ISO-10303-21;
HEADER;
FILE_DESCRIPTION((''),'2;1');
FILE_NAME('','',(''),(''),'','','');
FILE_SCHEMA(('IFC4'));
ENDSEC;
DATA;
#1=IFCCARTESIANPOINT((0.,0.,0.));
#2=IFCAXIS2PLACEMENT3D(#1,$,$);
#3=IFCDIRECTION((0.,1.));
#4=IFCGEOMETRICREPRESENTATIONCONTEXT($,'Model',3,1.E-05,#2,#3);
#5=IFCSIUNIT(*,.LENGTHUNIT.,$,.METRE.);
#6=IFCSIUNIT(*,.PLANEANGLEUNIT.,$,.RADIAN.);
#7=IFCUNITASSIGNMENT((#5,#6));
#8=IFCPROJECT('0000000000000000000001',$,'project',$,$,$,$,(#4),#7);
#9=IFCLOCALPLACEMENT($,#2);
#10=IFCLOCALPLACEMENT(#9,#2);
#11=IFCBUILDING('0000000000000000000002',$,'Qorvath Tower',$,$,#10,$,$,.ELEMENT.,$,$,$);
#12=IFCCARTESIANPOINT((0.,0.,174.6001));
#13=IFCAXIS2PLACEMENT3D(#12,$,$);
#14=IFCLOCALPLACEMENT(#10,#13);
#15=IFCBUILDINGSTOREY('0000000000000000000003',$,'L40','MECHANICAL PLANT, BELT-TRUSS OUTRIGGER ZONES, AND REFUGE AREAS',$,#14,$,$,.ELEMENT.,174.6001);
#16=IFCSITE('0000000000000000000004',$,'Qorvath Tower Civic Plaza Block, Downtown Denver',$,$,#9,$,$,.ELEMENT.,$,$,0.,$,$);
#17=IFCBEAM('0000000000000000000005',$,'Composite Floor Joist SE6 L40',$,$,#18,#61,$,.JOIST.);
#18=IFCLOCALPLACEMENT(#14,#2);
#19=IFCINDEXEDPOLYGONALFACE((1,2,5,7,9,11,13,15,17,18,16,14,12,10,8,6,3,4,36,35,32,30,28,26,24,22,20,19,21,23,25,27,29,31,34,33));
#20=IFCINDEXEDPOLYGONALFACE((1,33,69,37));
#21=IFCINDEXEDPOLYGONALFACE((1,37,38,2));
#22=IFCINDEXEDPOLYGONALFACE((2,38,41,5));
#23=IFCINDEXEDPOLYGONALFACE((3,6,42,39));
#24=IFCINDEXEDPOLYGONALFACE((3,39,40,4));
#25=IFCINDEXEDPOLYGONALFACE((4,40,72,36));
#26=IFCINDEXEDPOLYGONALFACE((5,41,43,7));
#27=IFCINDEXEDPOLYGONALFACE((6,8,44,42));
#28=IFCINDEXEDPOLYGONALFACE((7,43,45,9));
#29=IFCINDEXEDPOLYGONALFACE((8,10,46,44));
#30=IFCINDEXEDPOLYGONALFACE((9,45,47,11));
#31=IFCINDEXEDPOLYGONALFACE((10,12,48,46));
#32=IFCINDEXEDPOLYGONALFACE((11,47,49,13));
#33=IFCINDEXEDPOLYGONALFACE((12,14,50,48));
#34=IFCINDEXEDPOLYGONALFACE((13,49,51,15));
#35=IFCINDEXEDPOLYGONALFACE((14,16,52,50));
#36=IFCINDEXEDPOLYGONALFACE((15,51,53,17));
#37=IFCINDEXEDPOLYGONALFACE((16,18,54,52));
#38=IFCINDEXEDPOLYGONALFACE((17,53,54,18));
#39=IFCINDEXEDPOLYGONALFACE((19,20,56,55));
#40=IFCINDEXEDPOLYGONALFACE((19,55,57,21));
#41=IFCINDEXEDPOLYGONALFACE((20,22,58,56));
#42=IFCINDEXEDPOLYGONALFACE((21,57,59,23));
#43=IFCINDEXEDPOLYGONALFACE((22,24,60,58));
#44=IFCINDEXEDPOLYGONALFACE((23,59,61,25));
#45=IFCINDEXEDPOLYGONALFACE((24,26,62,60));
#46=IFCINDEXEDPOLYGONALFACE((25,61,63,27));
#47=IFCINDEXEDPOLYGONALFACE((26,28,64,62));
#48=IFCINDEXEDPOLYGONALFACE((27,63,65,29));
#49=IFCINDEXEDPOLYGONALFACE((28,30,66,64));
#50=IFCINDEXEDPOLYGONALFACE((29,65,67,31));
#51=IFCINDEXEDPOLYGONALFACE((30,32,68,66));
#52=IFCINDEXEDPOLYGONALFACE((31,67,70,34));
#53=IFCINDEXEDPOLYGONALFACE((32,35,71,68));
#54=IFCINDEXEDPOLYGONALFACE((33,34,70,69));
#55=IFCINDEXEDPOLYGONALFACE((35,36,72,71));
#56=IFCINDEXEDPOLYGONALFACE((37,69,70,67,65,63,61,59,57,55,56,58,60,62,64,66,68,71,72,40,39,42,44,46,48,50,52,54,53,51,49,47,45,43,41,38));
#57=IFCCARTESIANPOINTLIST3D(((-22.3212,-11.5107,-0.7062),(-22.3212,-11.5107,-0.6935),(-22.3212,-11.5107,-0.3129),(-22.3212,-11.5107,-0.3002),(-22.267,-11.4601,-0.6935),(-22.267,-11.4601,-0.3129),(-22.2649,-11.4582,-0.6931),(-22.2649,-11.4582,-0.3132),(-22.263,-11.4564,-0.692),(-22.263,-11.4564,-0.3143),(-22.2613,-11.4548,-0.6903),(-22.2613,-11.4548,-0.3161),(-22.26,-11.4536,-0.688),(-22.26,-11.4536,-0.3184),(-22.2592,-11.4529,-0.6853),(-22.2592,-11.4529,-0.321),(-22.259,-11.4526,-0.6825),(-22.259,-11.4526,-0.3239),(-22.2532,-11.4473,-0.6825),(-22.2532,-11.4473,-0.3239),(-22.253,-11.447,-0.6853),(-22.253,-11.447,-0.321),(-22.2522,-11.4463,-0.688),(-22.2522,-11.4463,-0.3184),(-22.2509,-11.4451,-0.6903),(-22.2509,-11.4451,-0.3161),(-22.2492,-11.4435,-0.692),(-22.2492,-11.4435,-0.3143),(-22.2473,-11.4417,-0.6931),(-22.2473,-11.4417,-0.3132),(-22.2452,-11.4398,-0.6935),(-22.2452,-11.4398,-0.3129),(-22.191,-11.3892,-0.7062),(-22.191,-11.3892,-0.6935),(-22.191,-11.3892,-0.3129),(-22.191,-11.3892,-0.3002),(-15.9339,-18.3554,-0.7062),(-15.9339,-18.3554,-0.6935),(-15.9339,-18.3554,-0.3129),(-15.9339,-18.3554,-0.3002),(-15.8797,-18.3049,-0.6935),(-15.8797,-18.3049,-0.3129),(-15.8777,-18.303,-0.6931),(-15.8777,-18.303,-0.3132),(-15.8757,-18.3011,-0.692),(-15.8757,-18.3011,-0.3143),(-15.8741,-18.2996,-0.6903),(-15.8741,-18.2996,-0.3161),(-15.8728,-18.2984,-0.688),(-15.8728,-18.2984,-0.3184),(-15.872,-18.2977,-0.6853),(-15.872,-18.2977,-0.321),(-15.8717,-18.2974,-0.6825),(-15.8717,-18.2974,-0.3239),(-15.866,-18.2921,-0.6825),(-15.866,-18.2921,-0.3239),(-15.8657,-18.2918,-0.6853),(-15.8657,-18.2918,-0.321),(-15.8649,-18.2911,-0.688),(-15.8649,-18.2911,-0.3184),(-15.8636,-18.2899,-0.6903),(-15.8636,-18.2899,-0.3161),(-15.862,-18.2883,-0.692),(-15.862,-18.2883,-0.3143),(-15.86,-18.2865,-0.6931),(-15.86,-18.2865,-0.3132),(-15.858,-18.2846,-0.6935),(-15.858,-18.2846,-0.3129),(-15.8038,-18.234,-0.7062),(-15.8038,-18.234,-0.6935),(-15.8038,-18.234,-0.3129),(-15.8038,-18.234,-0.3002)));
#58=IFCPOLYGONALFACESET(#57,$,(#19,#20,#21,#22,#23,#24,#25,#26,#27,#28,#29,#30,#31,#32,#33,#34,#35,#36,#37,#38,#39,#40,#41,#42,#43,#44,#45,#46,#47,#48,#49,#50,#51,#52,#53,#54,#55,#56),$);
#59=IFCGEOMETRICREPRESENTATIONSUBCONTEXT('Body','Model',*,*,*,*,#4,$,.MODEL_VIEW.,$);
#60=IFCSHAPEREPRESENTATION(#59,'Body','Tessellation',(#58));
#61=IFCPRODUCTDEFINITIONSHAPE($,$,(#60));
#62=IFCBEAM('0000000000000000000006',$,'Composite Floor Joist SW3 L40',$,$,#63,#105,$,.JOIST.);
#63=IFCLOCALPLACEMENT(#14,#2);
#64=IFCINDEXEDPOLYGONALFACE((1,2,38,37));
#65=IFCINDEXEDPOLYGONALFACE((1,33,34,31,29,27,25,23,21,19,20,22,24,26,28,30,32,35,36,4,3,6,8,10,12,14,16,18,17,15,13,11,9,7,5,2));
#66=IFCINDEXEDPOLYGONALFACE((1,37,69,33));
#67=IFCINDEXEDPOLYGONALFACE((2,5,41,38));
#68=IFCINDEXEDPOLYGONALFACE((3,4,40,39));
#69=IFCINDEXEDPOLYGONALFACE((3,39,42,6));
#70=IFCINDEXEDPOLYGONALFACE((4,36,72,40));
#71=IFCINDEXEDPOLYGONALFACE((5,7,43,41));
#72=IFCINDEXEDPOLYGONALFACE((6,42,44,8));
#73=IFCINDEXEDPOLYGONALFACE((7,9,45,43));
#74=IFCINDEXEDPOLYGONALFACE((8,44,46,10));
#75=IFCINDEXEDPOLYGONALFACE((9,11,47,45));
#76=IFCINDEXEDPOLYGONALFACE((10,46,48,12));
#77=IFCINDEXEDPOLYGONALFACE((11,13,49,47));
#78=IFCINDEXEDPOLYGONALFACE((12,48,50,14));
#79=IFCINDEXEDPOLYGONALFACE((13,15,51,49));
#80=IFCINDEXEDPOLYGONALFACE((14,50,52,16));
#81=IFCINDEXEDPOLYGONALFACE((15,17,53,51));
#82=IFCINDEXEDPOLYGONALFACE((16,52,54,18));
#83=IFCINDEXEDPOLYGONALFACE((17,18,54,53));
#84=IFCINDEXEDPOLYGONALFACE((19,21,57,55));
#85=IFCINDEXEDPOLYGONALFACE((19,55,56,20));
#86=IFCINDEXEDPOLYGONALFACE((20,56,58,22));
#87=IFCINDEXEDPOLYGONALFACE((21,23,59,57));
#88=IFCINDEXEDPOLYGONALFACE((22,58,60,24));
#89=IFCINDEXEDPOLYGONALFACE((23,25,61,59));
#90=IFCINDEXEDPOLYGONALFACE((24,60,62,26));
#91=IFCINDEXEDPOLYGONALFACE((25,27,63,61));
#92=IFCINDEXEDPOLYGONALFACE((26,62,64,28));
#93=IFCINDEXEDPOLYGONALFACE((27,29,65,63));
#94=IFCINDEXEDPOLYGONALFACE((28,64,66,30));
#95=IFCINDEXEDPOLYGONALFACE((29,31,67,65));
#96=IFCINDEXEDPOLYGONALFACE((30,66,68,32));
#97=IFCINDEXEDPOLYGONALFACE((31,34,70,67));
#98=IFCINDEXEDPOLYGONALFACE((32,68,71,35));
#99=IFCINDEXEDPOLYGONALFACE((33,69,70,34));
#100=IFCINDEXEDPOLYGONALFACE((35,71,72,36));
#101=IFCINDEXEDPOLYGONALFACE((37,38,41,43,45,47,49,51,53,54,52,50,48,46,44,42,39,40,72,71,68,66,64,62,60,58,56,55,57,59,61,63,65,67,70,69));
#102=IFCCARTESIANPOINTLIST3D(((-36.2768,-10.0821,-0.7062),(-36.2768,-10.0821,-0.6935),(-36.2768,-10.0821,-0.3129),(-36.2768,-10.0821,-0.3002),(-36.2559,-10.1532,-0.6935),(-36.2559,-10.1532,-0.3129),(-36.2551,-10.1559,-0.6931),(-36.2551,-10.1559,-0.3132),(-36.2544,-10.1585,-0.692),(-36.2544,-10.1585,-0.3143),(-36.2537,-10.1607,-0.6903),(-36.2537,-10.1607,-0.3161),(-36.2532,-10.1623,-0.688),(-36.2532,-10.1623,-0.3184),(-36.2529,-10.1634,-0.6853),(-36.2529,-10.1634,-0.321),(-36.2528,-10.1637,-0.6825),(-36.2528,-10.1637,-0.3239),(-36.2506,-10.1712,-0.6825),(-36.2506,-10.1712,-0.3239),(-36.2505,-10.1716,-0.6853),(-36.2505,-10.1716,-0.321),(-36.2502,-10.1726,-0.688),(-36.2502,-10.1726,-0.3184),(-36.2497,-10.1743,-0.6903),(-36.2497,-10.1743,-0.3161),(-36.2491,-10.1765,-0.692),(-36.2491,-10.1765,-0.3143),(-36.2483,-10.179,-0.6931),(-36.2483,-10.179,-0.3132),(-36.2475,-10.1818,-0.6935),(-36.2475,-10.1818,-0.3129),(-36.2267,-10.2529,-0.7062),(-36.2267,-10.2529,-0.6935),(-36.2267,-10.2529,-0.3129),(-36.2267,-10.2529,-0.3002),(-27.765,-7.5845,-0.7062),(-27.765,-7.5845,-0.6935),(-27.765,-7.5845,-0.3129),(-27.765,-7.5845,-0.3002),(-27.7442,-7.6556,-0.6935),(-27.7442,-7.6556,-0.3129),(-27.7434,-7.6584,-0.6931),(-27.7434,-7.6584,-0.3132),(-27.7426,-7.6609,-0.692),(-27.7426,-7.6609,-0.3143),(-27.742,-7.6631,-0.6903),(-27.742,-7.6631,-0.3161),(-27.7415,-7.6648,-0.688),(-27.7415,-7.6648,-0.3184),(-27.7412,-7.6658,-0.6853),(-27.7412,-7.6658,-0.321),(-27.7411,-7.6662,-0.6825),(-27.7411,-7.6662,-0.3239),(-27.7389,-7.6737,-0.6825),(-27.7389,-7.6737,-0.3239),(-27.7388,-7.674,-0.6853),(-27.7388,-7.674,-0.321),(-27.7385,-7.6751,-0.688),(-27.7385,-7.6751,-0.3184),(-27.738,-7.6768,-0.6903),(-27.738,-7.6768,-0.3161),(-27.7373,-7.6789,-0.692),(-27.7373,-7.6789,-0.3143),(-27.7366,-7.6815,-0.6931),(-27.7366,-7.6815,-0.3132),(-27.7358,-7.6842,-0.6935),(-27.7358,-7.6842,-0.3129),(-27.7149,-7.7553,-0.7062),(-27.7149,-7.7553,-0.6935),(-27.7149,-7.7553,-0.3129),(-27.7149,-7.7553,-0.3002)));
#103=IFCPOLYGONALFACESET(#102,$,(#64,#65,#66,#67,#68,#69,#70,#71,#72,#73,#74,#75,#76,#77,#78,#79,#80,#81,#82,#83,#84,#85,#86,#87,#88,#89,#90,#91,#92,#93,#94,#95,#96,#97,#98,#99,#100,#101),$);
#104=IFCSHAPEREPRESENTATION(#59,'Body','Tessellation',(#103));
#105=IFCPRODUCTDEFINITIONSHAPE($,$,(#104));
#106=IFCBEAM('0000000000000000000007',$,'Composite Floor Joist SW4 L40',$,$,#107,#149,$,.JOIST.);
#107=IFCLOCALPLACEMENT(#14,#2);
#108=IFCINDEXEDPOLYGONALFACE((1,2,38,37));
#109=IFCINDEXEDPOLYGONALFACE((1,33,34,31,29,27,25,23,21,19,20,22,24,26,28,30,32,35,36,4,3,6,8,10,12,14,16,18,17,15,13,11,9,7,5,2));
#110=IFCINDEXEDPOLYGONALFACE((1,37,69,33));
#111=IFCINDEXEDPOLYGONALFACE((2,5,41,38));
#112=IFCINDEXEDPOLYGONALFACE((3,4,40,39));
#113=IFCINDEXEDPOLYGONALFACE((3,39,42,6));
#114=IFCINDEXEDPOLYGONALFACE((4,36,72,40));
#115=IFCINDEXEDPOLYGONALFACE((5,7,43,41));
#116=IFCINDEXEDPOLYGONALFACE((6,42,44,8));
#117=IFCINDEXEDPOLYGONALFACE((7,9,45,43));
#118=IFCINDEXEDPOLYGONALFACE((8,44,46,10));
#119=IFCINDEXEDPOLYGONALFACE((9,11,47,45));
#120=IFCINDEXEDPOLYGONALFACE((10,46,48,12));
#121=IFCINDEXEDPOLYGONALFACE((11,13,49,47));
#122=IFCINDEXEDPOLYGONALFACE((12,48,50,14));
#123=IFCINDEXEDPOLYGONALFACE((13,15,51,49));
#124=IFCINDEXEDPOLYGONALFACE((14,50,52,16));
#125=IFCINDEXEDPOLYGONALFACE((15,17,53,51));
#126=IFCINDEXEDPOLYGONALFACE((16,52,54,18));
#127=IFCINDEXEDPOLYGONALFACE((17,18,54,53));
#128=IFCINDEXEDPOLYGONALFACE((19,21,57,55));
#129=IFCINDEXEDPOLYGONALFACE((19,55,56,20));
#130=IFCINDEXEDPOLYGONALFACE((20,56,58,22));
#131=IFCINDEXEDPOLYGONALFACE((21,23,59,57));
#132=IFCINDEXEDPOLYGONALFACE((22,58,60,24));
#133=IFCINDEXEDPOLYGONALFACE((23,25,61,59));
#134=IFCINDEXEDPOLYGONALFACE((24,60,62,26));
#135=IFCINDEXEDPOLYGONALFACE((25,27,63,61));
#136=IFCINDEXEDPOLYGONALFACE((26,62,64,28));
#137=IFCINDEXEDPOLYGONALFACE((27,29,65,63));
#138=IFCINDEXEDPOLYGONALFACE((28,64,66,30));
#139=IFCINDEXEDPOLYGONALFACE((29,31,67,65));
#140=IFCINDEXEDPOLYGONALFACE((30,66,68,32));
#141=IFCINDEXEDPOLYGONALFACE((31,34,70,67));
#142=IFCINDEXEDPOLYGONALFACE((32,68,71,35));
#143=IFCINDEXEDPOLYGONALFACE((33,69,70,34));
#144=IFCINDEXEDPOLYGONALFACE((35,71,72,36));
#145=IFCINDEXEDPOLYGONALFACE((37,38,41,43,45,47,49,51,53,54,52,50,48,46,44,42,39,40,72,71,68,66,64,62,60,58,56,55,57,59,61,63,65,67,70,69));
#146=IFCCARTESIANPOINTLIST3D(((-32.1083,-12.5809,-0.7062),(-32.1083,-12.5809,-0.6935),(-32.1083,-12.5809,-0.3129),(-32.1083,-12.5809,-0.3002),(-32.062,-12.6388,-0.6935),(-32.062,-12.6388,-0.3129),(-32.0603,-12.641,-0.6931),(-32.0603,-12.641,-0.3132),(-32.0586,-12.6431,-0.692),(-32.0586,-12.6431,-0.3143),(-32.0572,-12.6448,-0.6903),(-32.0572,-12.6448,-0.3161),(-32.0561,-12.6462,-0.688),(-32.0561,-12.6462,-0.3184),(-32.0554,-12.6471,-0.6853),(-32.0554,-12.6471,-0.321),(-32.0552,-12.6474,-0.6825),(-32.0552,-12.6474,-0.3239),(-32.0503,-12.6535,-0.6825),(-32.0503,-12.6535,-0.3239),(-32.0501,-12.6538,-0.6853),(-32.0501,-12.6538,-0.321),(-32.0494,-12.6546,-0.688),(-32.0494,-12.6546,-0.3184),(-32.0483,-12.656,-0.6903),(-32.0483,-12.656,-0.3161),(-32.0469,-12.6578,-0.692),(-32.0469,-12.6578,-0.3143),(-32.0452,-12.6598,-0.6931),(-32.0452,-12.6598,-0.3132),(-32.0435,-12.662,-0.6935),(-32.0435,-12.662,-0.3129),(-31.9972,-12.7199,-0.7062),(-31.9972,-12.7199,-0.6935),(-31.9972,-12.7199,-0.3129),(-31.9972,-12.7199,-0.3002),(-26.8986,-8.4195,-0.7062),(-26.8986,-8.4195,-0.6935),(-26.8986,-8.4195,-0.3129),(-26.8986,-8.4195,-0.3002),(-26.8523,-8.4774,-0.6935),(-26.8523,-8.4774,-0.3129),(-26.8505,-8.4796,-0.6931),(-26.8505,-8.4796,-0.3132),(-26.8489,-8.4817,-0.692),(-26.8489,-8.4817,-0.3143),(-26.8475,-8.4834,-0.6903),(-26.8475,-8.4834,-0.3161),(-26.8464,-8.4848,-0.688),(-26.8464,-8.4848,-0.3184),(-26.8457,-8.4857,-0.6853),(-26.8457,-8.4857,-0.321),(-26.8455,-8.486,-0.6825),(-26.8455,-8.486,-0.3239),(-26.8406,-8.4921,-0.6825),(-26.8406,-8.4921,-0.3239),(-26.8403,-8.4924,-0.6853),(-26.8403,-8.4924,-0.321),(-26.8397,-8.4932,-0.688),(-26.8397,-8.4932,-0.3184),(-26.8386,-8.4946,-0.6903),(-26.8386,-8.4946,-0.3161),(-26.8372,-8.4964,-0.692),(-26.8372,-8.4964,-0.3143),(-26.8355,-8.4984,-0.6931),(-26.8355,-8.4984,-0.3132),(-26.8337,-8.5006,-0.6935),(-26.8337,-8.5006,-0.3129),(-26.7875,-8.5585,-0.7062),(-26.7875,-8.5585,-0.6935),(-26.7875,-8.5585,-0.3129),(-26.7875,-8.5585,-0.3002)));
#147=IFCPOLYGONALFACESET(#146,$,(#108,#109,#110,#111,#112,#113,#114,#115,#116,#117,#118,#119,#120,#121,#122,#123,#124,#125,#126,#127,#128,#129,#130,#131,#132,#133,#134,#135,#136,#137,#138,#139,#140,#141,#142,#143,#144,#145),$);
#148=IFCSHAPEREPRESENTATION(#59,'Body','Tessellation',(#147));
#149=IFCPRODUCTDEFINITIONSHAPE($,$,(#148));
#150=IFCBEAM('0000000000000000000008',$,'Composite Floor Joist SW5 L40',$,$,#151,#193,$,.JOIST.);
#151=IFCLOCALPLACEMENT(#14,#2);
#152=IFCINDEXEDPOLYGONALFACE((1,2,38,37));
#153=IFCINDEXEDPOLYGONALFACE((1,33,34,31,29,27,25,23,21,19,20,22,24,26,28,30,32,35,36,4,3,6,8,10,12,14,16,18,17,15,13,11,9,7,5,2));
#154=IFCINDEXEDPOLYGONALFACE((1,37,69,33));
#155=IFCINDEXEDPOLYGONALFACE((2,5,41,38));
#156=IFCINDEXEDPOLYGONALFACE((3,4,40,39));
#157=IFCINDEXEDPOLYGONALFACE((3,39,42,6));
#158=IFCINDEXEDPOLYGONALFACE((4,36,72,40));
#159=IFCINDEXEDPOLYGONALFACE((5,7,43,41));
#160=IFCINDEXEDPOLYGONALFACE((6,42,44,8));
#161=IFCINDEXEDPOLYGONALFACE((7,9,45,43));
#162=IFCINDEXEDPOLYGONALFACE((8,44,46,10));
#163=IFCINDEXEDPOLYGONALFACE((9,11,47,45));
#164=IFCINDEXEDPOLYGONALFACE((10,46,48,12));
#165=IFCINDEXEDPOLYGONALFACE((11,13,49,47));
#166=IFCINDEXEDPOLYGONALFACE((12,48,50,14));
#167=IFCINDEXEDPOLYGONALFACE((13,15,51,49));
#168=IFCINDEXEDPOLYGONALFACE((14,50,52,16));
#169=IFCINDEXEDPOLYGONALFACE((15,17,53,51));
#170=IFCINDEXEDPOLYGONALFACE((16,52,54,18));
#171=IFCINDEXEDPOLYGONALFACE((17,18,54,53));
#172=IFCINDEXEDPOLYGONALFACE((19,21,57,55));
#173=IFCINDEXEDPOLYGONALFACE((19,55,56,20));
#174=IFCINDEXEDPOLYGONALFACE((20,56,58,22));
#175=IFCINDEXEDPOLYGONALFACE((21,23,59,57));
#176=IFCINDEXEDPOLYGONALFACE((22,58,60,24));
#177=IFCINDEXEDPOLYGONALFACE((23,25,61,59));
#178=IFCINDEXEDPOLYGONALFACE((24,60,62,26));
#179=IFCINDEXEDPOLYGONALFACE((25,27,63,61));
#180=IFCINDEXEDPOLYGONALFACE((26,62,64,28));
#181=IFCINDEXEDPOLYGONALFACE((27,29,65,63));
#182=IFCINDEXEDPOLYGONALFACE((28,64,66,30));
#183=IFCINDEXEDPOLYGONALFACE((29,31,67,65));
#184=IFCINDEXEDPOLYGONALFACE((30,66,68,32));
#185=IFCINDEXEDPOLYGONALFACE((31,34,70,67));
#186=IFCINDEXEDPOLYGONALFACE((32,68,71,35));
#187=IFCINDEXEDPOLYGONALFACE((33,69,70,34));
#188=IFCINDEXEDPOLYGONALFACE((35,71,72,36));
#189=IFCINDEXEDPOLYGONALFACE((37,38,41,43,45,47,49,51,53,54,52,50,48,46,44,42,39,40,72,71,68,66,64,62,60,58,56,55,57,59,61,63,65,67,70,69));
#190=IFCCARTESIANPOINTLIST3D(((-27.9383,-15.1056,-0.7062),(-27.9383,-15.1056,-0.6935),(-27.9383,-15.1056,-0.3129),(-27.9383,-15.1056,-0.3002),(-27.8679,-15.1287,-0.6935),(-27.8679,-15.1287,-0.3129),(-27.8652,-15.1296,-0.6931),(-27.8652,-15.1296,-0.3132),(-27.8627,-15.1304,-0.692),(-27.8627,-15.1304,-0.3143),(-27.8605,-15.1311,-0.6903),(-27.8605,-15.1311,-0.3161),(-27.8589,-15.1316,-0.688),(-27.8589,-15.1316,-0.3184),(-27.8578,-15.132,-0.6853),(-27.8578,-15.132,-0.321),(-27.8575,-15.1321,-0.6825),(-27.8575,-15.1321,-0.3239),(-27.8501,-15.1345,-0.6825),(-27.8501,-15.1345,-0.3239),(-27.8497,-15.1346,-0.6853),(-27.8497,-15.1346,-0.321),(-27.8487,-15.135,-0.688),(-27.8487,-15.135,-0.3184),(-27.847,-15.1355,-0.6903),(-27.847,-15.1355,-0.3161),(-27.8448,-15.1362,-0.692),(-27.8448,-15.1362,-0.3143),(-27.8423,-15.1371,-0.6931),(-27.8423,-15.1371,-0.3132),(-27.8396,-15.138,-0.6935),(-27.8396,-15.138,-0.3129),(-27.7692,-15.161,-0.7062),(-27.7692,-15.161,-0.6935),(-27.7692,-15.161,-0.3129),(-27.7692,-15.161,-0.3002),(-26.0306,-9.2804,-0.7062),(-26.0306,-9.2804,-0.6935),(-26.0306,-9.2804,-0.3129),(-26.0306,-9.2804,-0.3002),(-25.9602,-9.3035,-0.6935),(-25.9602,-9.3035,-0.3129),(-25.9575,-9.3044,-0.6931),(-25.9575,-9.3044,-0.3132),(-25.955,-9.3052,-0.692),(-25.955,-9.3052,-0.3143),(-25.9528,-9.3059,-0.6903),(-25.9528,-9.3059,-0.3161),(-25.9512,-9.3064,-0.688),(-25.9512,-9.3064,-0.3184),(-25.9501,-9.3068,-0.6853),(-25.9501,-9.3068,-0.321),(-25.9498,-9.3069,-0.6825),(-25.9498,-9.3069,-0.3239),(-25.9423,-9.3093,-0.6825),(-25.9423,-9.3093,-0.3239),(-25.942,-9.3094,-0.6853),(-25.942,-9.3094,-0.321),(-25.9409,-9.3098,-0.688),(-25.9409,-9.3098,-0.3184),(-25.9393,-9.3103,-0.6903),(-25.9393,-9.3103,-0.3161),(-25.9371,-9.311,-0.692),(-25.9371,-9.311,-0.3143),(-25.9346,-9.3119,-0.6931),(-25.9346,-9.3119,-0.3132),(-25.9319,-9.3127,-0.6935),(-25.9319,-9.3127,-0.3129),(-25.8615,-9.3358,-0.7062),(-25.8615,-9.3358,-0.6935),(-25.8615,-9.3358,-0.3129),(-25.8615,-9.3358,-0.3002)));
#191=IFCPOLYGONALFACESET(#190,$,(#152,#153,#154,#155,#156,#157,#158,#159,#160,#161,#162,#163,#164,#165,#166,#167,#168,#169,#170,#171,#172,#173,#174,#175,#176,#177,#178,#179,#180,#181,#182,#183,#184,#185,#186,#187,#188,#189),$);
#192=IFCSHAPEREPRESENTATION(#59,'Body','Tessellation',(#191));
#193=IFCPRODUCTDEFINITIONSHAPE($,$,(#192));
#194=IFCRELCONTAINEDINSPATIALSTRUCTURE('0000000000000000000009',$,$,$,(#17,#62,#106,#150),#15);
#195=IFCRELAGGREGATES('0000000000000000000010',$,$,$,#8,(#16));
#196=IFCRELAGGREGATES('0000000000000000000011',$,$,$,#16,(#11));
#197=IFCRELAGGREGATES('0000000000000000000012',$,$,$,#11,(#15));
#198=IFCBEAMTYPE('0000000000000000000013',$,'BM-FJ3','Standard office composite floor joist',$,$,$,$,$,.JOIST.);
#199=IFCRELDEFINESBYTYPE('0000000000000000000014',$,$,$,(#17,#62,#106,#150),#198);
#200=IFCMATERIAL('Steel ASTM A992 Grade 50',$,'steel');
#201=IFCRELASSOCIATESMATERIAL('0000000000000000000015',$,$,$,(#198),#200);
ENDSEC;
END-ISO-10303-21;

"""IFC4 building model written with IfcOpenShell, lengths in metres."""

from ifc_helpers import new_model, si_unit, direction, frame, origin, origin_2d, place, context, subcontext, project, spatial, i_section, extrude, material, material_profile, profile_set, type_object, element, save


model = new_model("IFC4")

# Units and contexts
model_context = context("Model", 3, precision=1e-05, world=origin(), true_north=direction((0.0, 1.0)))
body_context = subcontext(model_context, "Body", "Model", "MODEL_VIEW")
ifc_project = project(units=[si_unit("LENGTHUNIT", "METRE"), si_unit("PLANEANGLEUNIT", "RADIAN")], contexts=[model_context])

# Site, building, storey
site_placement = place(None, origin())
site = spatial("IfcSite", under=ifc_project, at=site_placement, Name="Qorvath Tower Civic Plaza Block, Downtown Denver", CompositionType="ELEMENT", RefElevation=0.0)
building_placement = place(site_placement, origin())
building = spatial("IfcBuilding", under=site, at=building_placement, Name="Qorvath Tower", CompositionType="ELEMENT")
storey_placement = place(building_placement, frame((0.0, 0.0, 174.6001)))
storey = spatial("IfcBuildingStorey", under=building, at=storey_placement, Name="L40", Description="MECHANICAL PLANT, BELT-TRUSS OUTRIGGER ZONES, AND REFUGE AREAS", CompositionType="ELEMENT", Elevation=174.6001)

# Beams
ifc_material_1 = material(Name="Steel ASTM A992 Grade 50", Category="steel")
ifc_material_profile_1 = material_profile(ifc_material_1, i_section(OverallWidth=0.178, OverallDepth=0.406, WebThickness=0.0078, FlangeThickness=0.0127, FilletRadius=0.011, at=origin_2d()), Name="W16x40")
ifc_profile_set_1 = profile_set([ifc_material_profile_1], Name="Steel ASTM A992 Grade 50")
beam_type_1 = type_object("IfcBeamType", Name="BM-FJ3", Description="Standard office composite floor joist", PredefinedType="JOIST", material=ifc_profile_set_1)
beam_1_placement = place(storey_placement, frame((-22.2561, -11.45, -0.5032), z_axis=(0.682249, -0.731119, 0.0), x_axis=(0.731119, 0.682249, 0.0)))
element("IfcBeam", 1, at=beam_1_placement, inside=storey, type_object=beam_type_1, Name="Composite Floor Joist SE6 L40", PredefinedType="JOIST", context=body_context, shape_type="SweptSolid", body=[
    extrude(i_section(OverallWidth=0.178, OverallDepth=0.406, WebThickness=0.0078, FlangeThickness=0.0127, FilletRadius=0.011, at=origin_2d()), origin(), (0.0, 0.0, 1.0), 9.3621),
])
beam_2_placement = place(storey_placement, frame((-27.74, -7.6699, -0.5032), z_axis=(-0.959545, -0.281555, 0.0), x_axis=(0.281555, -0.959545, 0.0)))
element("IfcBeam", 2, at=beam_2_placement, inside=storey, type_object=beam_type_1, Name="Composite Floor Joist SW3 L40", PredefinedType="JOIST", context=body_context, shape_type="SweptSolid", body=[
    extrude(i_section(OverallWidth=0.178, OverallDepth=0.406, WebThickness=0.0078, FlangeThickness=0.0127, FilletRadius=0.011, at=origin_2d()), origin(), (0.0, 0.0, 1.0), 8.8706),
])
beam_3_placement = place(storey_placement, frame((-26.843, -8.489, -0.5032), z_axis=(-0.781337, -0.62411, 0.0), x_axis=(0.62411, -0.781337, 0.0)))
element("IfcBeam", 3, at=beam_3_placement, inside=storey, type_object=beam_type_1, Name="Composite Floor Joist SW4 L40", PredefinedType="JOIST", context=body_context, shape_type="SweptSolid", body=[
    extrude(i_section(OverallWidth=0.178, OverallDepth=0.406, WebThickness=0.0078, FlangeThickness=0.0127, FilletRadius=0.011, at=origin_2d()), origin(), (0.0, 0.0, 1.0), 6.6677),
])
beam_4_placement = place(storey_placement, frame((-25.946, -9.3081, -0.5032), z_axis=(-0.311229, -0.950335, 0.0), x_axis=(0.950335, -0.311229, 0.0)))
element("IfcBeam", 4, at=beam_4_placement, inside=storey, type_object=beam_type_1, Name="Composite Floor Joist SW5 L40", PredefinedType="JOIST", context=body_context, shape_type="SweptSolid", body=[
    extrude(i_section(OverallWidth=0.178, OverallDepth=0.406, WebThickness=0.0078, FlangeThickness=0.0127, FilletRadius=0.011, at=origin_2d()), origin(), (0.0, 0.0, 1.0), 6.1296),
])

save(model, "model.ifc")
